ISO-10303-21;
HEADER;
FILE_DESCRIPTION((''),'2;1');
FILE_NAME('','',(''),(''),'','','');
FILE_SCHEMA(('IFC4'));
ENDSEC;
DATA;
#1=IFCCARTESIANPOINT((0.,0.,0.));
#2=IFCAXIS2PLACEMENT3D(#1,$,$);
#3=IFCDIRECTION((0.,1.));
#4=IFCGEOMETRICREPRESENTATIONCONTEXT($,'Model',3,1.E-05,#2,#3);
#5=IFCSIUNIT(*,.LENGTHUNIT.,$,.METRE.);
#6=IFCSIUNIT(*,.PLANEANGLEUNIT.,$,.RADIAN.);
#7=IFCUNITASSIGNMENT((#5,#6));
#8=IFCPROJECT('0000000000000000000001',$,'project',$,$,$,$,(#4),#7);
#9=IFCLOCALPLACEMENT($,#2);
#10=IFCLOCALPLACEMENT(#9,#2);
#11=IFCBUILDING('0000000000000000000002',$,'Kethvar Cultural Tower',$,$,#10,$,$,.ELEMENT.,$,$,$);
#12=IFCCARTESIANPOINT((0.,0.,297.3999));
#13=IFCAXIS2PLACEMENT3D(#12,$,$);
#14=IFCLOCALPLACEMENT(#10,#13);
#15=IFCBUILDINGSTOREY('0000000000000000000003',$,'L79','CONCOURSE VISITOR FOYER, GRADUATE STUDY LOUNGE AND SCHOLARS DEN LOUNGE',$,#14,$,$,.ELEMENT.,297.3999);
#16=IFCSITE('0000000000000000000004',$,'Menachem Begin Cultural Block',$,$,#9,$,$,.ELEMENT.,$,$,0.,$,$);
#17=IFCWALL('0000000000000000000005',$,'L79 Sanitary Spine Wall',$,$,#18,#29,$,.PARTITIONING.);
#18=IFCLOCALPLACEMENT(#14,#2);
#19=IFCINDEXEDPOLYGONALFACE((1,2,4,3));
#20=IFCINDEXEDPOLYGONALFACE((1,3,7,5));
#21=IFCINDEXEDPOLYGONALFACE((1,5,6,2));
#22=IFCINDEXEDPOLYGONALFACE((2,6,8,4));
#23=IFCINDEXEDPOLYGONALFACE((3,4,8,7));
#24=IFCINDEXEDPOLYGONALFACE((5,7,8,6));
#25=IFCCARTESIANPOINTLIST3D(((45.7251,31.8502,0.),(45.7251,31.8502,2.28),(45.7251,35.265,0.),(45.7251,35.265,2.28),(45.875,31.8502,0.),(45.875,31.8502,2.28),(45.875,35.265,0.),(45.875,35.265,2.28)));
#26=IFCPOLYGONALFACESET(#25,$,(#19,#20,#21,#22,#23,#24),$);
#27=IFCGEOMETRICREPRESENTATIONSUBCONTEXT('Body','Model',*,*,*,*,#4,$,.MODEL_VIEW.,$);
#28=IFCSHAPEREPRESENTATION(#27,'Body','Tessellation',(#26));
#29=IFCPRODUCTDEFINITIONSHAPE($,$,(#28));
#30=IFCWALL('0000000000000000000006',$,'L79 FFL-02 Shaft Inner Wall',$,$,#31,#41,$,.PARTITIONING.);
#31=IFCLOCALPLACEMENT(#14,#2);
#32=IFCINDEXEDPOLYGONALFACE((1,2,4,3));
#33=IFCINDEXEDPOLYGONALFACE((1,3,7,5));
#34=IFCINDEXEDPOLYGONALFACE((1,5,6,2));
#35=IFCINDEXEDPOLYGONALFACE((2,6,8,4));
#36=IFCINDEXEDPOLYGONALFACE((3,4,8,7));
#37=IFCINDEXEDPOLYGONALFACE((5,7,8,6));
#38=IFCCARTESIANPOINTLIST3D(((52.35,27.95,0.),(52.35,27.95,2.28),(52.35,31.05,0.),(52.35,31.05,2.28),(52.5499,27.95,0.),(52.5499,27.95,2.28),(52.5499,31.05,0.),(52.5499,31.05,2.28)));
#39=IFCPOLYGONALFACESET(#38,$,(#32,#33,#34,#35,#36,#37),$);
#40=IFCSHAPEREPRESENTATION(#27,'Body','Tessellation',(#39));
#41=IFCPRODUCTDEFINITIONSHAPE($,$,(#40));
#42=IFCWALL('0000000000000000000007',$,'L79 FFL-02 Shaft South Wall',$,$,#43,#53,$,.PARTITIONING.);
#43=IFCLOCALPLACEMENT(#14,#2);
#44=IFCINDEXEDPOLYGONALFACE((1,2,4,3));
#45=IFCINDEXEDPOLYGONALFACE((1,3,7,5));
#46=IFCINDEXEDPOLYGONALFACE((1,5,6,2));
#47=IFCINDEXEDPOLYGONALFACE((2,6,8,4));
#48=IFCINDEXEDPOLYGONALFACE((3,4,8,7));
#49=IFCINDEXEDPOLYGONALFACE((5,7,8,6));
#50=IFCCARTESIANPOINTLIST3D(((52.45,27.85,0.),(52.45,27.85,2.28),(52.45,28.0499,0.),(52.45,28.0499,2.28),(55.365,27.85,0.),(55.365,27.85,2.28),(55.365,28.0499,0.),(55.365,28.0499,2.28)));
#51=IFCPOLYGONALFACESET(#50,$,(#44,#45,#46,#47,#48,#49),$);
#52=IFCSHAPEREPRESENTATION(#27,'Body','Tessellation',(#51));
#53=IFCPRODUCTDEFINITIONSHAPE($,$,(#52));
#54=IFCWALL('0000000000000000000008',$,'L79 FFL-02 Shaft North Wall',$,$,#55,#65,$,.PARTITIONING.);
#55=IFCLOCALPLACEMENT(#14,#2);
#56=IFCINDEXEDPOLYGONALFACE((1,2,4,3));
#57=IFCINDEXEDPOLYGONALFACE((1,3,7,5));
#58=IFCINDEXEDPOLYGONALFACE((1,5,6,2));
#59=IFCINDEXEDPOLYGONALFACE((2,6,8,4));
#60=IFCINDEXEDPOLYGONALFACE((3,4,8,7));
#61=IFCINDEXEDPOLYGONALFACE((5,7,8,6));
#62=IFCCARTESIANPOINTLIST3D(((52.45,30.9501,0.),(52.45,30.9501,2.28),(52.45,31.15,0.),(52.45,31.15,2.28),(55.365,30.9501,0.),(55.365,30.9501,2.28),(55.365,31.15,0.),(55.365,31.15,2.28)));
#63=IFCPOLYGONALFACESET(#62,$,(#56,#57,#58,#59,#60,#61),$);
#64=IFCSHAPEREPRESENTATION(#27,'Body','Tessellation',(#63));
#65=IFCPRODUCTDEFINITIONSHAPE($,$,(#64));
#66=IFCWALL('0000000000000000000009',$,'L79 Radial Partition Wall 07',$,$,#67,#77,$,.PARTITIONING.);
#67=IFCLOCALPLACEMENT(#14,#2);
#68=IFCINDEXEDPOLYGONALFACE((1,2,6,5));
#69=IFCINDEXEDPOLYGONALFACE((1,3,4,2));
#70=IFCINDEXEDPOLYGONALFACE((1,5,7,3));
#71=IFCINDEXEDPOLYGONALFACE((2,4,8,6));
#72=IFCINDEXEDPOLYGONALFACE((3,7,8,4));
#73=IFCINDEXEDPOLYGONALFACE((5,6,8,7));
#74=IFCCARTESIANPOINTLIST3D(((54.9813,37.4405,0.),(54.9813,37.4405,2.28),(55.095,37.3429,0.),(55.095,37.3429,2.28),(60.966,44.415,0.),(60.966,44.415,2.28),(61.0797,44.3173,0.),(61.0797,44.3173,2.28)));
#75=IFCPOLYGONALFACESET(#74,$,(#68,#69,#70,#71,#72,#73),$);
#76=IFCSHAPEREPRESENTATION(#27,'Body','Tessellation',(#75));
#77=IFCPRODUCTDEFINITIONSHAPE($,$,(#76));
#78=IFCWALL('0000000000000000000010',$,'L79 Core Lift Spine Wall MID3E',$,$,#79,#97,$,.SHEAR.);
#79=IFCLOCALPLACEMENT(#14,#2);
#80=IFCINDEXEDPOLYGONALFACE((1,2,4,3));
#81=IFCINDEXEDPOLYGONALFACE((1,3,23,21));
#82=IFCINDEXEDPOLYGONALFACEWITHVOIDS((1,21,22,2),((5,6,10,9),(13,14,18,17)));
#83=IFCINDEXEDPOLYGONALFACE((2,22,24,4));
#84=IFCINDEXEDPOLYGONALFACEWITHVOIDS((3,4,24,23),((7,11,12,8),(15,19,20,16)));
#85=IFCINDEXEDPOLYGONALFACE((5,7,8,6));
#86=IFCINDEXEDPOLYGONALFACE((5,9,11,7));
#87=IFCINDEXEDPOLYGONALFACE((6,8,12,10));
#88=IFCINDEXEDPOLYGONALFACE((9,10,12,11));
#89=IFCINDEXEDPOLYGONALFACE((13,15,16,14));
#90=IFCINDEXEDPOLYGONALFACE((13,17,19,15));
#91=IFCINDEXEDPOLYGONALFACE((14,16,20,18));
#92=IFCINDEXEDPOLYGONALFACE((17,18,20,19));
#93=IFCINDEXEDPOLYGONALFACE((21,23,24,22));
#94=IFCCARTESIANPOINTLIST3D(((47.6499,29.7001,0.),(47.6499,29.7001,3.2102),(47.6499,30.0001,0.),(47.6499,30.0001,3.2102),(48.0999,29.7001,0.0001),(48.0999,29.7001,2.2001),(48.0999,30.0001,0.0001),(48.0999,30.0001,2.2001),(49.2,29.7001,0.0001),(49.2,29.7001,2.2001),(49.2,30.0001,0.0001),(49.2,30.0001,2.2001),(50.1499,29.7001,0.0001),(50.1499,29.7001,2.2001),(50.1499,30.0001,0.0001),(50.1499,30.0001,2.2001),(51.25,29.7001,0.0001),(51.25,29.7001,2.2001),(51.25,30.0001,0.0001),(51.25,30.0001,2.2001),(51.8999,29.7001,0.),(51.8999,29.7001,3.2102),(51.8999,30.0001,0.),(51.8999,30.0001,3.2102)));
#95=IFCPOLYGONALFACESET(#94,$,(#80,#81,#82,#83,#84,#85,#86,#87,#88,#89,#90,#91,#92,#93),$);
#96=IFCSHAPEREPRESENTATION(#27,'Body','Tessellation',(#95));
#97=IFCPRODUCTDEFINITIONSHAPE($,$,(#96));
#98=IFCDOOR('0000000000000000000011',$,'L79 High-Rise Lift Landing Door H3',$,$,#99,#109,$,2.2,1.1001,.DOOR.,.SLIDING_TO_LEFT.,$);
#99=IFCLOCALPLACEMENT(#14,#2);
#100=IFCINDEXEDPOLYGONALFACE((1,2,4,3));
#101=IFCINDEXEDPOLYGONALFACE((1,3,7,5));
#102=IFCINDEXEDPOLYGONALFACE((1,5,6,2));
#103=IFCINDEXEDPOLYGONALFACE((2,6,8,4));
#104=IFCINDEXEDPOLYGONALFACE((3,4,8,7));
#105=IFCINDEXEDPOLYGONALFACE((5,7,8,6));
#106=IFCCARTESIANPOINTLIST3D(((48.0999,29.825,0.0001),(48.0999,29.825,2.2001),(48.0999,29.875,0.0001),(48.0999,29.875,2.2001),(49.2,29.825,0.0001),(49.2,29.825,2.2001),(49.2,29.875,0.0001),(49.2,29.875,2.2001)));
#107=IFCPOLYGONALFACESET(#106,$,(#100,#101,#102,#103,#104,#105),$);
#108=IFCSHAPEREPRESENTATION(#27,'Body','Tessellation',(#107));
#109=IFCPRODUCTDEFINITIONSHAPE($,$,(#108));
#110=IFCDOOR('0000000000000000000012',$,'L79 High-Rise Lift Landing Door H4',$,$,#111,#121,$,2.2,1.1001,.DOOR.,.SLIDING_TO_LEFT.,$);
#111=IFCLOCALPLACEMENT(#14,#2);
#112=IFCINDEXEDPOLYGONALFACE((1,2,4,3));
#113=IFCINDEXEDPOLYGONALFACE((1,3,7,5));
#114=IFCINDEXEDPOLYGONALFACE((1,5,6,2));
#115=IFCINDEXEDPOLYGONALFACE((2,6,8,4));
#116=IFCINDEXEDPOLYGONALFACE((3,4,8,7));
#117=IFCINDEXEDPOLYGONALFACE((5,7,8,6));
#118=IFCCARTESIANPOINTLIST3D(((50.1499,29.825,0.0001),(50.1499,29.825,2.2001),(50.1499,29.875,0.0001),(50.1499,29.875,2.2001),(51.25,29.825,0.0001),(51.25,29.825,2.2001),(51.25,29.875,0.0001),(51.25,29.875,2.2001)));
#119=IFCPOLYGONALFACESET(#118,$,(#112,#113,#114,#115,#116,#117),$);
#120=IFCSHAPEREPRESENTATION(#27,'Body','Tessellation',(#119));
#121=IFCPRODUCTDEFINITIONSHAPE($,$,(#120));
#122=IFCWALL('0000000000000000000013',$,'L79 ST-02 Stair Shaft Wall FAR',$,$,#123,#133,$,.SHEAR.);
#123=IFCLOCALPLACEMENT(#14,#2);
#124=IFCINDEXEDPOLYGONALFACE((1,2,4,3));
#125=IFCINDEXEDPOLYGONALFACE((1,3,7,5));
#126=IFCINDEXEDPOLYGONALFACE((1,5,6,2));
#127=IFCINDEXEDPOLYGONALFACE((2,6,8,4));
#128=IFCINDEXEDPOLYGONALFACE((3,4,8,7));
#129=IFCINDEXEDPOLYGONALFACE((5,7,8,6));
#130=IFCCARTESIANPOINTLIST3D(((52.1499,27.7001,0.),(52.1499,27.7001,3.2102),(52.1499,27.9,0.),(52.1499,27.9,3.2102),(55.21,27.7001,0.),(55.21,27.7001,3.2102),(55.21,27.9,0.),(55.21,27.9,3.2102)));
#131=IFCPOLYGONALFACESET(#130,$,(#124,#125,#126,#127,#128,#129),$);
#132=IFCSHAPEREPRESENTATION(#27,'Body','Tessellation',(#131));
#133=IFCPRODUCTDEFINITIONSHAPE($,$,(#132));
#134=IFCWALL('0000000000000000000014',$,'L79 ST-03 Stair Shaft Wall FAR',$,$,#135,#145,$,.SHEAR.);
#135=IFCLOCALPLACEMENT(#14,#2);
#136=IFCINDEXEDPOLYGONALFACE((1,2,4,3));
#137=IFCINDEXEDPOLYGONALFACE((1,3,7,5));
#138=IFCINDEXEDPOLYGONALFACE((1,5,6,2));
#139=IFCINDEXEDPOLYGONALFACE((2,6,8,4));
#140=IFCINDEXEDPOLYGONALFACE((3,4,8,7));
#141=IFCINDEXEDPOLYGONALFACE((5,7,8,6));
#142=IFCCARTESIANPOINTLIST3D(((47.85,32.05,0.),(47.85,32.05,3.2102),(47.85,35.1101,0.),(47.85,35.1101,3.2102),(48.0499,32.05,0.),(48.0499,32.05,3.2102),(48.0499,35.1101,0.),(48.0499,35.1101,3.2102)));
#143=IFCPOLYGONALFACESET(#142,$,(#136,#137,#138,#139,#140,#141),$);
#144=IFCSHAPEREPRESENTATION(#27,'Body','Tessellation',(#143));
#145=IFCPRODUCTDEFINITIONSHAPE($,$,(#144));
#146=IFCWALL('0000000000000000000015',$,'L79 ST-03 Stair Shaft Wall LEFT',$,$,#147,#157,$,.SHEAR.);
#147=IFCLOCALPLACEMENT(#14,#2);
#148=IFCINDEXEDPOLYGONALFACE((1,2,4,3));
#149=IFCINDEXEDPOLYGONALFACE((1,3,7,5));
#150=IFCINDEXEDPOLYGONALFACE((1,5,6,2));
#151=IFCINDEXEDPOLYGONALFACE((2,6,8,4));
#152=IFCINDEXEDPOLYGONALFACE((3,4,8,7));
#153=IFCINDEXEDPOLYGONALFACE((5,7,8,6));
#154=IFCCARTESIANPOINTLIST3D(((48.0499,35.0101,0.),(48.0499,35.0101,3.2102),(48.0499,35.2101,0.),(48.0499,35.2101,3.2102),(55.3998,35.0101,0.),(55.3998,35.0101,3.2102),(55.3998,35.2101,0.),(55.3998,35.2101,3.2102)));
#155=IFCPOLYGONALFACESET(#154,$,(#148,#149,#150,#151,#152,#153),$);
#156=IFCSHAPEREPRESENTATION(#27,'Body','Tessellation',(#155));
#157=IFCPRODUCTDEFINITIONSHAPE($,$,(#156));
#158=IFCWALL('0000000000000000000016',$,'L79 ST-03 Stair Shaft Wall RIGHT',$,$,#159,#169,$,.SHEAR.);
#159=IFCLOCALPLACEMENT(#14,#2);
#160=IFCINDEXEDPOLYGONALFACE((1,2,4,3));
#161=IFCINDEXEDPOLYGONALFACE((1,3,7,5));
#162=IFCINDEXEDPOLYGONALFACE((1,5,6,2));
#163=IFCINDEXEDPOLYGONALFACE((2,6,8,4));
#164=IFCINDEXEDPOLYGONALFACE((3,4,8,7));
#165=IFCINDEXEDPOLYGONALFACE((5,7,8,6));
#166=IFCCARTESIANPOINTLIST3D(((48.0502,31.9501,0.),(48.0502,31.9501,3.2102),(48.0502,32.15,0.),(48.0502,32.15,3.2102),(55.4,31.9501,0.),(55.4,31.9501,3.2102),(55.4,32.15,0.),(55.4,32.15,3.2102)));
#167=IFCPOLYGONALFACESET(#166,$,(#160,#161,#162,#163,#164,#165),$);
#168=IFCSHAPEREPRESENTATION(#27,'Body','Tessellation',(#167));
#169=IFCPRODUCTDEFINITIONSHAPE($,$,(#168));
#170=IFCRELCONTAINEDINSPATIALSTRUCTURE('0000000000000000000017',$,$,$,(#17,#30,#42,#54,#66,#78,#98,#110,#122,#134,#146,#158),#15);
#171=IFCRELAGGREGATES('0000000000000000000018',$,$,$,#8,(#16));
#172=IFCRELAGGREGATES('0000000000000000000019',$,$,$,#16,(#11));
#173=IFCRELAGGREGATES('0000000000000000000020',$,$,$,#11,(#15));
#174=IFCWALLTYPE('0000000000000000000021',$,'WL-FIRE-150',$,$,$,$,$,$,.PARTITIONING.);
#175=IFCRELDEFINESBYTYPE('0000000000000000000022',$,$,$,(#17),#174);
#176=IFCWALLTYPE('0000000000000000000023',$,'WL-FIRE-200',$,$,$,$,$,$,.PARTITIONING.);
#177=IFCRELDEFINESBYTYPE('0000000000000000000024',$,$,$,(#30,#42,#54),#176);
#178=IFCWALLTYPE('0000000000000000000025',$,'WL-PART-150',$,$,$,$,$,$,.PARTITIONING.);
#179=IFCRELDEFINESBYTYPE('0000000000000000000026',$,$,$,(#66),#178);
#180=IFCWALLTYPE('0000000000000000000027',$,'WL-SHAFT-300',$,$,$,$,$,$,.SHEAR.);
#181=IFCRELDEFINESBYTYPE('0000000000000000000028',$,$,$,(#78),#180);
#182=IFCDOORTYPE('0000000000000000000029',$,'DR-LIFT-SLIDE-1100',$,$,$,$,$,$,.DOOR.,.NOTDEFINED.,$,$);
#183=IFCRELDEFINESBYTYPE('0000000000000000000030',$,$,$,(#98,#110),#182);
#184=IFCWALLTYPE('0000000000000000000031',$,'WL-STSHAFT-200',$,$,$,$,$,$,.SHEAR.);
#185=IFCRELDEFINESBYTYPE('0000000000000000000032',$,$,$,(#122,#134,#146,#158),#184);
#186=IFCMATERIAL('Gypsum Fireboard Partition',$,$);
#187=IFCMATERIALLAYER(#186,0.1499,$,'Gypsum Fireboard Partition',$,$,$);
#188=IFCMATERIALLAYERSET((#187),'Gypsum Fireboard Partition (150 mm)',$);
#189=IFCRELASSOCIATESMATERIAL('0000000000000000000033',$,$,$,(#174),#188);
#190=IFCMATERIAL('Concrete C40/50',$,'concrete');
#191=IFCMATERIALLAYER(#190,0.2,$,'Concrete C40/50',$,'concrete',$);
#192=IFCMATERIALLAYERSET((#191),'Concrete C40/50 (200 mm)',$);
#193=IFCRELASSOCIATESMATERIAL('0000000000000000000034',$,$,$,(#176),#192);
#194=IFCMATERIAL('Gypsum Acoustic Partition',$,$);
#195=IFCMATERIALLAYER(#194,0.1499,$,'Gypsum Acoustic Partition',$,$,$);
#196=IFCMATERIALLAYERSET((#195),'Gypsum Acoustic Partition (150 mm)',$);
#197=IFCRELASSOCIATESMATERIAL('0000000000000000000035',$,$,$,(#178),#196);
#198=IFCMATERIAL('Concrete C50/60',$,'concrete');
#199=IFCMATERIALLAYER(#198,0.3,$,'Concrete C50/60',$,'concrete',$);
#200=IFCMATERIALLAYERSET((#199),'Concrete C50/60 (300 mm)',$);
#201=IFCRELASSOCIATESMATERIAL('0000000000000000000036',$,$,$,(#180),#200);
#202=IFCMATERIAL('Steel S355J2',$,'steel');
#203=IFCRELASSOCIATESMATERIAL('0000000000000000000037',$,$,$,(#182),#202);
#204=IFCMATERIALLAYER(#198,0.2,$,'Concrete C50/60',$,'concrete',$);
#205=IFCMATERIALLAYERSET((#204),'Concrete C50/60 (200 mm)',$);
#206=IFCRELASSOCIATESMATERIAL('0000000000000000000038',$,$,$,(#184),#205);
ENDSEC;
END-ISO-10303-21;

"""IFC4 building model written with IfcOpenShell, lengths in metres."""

from ifc_helpers import new_model, si_unit, direction, frame, frame_2d, origin, place, context, subcontext, project, spatial, rectangle, extrude, source, transform, mapped, material, layer, layer_set, type_object, element, fill, save


model = new_model("IFC4")

# Units and contexts
model_context = context("Model", 3, precision=1e-05, world=origin(), true_north=direction((0.0, 1.0)))
body_context = subcontext(model_context, "Body", "Model", "MODEL_VIEW")
ifc_project = project(units=[si_unit("LENGTHUNIT", "METRE"), si_unit("PLANEANGLEUNIT", "RADIAN")], contexts=[model_context])

# Site, building, storey
site_placement = place(None, origin())
site = spatial("IfcSite", under=ifc_project, at=site_placement, Name="Menachem Begin Cultural Block", CompositionType="ELEMENT", RefElevation=0.0)
building_placement = place(site_placement, origin())
building = spatial("IfcBuilding", under=site, at=building_placement, Name="Kethvar Cultural Tower", CompositionType="ELEMENT")
storey_placement = place(building_placement, frame((0.0, 0.0, 297.3999)))
storey = spatial("IfcBuildingStorey", under=building, at=storey_placement, Name="L79", Description="CONCOURSE VISITOR FOYER, GRADUATE STUDY LOUNGE AND SCHOLARS DEN LOUNGE", CompositionType="ELEMENT", Elevation=297.3999)

# Shared definitions
ifc_material_1 = material(Name="Steel S355J2", Category="steel")

# Walls
ifc_material_2 = material(Name="Gypsum Fireboard Partition")
ifc_layer_1 = layer(ifc_material_2, 0.1499, Name="Gypsum Fireboard Partition")
ifc_layer_set_1 = layer_set([ifc_layer_1], Name="Gypsum Fireboard Partition (150 mm)")
wall_type_1 = type_object("IfcWallType", Name="WL-FIRE-150", PredefinedType="PARTITIONING", material=ifc_layer_set_1)
wall_1_placement = place(storey_placement, frame((45.8, 31.8501, 0.0), z_axis=(0.0, 0.0, 1.0), x_axis=(0.0, 1.0, 0.0)))
element("IfcWall", 1, at=wall_1_placement, inside=storey, type_object=wall_type_1, Name="L79 Sanitary Spine Wall", PredefinedType="PARTITIONING", context=body_context, shape_type="SweptSolid", body=[
    extrude(rectangle(XDim=3.4148, YDim=0.1499, at=frame_2d((1.7075, 0.0))), origin(), (0.0, 0.0, 1.0), 2.28),
])
ifc_material_3 = material(Name="Concrete C40/50", Category="concrete")
ifc_layer_2 = layer(ifc_material_3, 0.2, Name="Concrete C40/50", Category="concrete")
ifc_layer_set_2 = layer_set([ifc_layer_2], Name="Concrete C40/50 (200 mm)")
wall_type_2 = type_object("IfcWallType", Name="WL-FIRE-200", PredefinedType="PARTITIONING", material=ifc_layer_set_2)
wall_2_placement = place(storey_placement, frame((52.45, 27.95, 0.0), z_axis=(0.0, 0.0, 1.0), x_axis=(0.0, 1.0, 0.0)))
element("IfcWall", 2, at=wall_2_placement, inside=storey, type_object=wall_type_2, Name="L79 FFL-02 Shaft Inner Wall", PredefinedType="PARTITIONING", context=body_context, shape_type="SweptSolid", body=[
    extrude(rectangle(XDim=3.1001, YDim=0.2, at=frame_2d((1.55, 0.0))), origin(), (0.0, 0.0, 1.0), 2.28),
])
for number, where, z_axis, x_axis, name in (
    (3, (52.45, 27.95, 0.0), (0.0, 0.0, 1.0), (1.0, 0.0, 0.0), "L79 FFL-02 Shaft South Wall"),
    (4, (52.45, 31.05, 0.0), (0.0, 0.0, 1.0), (1.0, 0.0, 0.0), "L79 FFL-02 Shaft North Wall"),
):
    element("IfcWall", number, at=place(storey_placement, frame(where, z_axis=z_axis, x_axis=x_axis)), inside=storey, type_object=wall_type_2, Name=name, PredefinedType="PARTITIONING", context=body_context, shape_type="SweptSolid", body=[
        extrude(rectangle(XDim=2.915, YDim=0.2, at=frame_2d((1.4575, 0.0))), origin(), (0.0, 0.0, 1.0), 2.28),
    ])
ifc_material_4 = material(Name="Gypsum Acoustic Partition")
ifc_layer_3 = layer(ifc_material_4, 0.1499, Name="Gypsum Acoustic Partition")
ifc_layer_set_3 = layer_set([ifc_layer_3], Name="Gypsum Acoustic Partition (150 mm)")
wall_type_3 = type_object("IfcWallType", Name="WL-PART-150", PredefinedType="PARTITIONING", material=ifc_layer_set_3)
wall_3_placement = place(storey_placement, frame((55.0381, 37.3916, 0.0), z_axis=(0.0, 0.0, 1.0), x_axis=(0.651205, 0.758902, 0.0)))
element("IfcWall", 5, at=wall_3_placement, inside=storey, type_object=wall_type_3, Name="L79 Radial Partition Wall 07", PredefinedType="PARTITIONING", context=body_context, shape_type="SweptSolid", body=[
    extrude(rectangle(XDim=9.1902, YDim=0.1499, at=frame_2d((4.5952, 0.0))), origin(), (0.0, 0.0, 1.0), 2.28),
])

# Wall, openings, doors
ifc_material_5 = material(Name="Concrete C50/60", Category="concrete")
ifc_layer_4 = layer(ifc_material_5, 0.3, Name="Concrete C50/60", Category="concrete")
ifc_layer_set_4 = layer_set([ifc_layer_4], Name="Concrete C50/60 (300 mm)")
wall_type_4 = type_object("IfcWallType", Name="WL-SHAFT-300", PredefinedType="SHEAR", material=ifc_layer_set_4)
wall_4_placement = place(storey_placement, frame((47.6499, 29.8501, 0.0), z_axis=(0.0, 0.0, 1.0), x_axis=(1.0, 0.0, 0.0)))
wall_4 = element("IfcWall", 6, at=wall_4_placement, inside=storey, type_object=wall_type_4, Name="L79 Core Lift Spine Wall MID3E", PredefinedType="SHEAR", context=body_context, shape_type="SweptSolid", body=[
    extrude(rectangle(XDim=4.25, YDim=0.3, at=frame_2d((2.125, 0.0))), origin(), (0.0, 0.0, 1.0), 3.2102),
])
opening_1_placement = place(wall_4_placement, frame((0.45, 0.0, 0.0)))
opening_1 = element("IfcOpeningElement", 7, at=opening_1_placement, cuts=wall_4, PredefinedType="OPENING", context=body_context, shape_type="SweptSolid", body=[
    extrude(rectangle(XDim=1.1001, YDim=2.2, at=frame_2d((0.55, 1.1001))), frame((0.0, 0.1599, 0.0), z_axis=(0.0, -1.0, 0.0), x_axis=(1.0, 0.0, 0.0)), (0.0, 0.0, 1.0), 0.3201),
])
opening_2_placement = place(wall_4_placement, frame((2.5, 0.0, 0.0)))
opening_2 = element("IfcOpeningElement", 8, at=opening_2_placement, cuts=wall_4, PredefinedType="OPENING", context=body_context, shape_type="SweptSolid", body=[
    extrude(rectangle(XDim=1.1001, YDim=2.2, at=frame_2d((0.55, 1.1001))), frame((0.0, 0.1599, 0.0), z_axis=(0.0, -1.0, 0.0), x_axis=(1.0, 0.0, 0.0)), (0.0, 0.0, 1.0), 0.3201),
])
door_type = type_object("IfcDoorType", Name="DR-LIFT-SLIDE-1100", OperationType="NOTDEFINED", PredefinedType="DOOR", material=ifc_material_1)
shared_shape_1 = source(origin(), body_context, "Body", "SweptSolid", [
    extrude(rectangle(XDim=1.1001, YDim=2.2, at=frame_2d((0.55, 1.1001))), frame((0.0, 0.0249, 0.0), z_axis=(0.0, -1.0, 0.0), x_axis=(1.0, 0.0, 0.0)), (0.0, 0.0, 1.0), 0.05),
])
door_1_placement = place(opening_1_placement, origin())
door_1 = element("IfcDoor", 9, at=door_1_placement, inside=storey, type_object=door_type, Name="L79 High-Rise Lift Landing Door H3", OperationType="SLIDING_TO_LEFT", OverallHeight=2.2, OverallWidth=1.1001, PredefinedType="DOOR", context=body_context, shape_type="MappedRepresentation", body=[
    mapped(shared_shape_1, transform((0.0, 0.0, 0.0), scale=1.0)),
])
fill(opening_1, door_1)
door_2_placement = place(opening_2_placement, origin())
door_2 = element("IfcDoor", 10, at=door_2_placement, inside=storey, type_object=door_type, Name="L79 High-Rise Lift Landing Door H4", OperationType="SLIDING_TO_LEFT", OverallHeight=2.2, OverallWidth=1.1001, PredefinedType="DOOR", context=body_context, shape_type="MappedRepresentation", body=[
    mapped(shared_shape_1, transform((0.0, 0.0, 0.0), scale=1.0)),
])
fill(opening_2, door_2)

# Walls
ifc_layer_5 = layer(ifc_material_5, 0.2, Name="Concrete C50/60", Category="concrete")
ifc_layer_set_5 = layer_set([ifc_layer_5], Name="Concrete C50/60 (200 mm)")
wall_type_5 = type_object("IfcWallType", Name="WL-STSHAFT-200", PredefinedType="SHEAR", material=ifc_layer_set_5)
for number, where, z_axis, x_axis, name in (
    (11, (52.1499, 27.8, 0.0), (0.0, 0.0, 1.0), (1.0, 0.0, 0.0), "L79 ST-02 Stair Shaft Wall FAR"),
    (12, (47.95, 32.05, 0.0), (0.0, 0.0, 1.0), (0.0, 1.0, 0.0), "L79 ST-03 Stair Shaft Wall FAR"),
):
    element("IfcWall", number, at=place(storey_placement, frame(where, z_axis=z_axis, x_axis=x_axis)), inside=storey, type_object=wall_type_5, Name=name, PredefinedType="SHEAR", context=body_context, shape_type="SweptSolid", body=[
        extrude(rectangle(XDim=3.0601, YDim=0.2, at=frame_2d((1.53, 0.0))), origin(), (0.0, 0.0, 1.0), 3.2102),
    ])
for number, where, z_axis, x_axis, name in (
    (13, (48.05, 35.1101, 0.0), (0.0, 0.0, 1.0), (1.0, 0.0, 0.0), "L79 ST-03 Stair Shaft Wall LEFT"),
    (14, (55.3999, 32.05, 0.0), (0.0, 0.0, 1.0), (-1.0, 0.0, 0.0), "L79 ST-03 Stair Shaft Wall RIGHT"),
):
    element("IfcWall", number, at=place(storey_placement, frame(where, z_axis=z_axis, x_axis=x_axis)), inside=storey, type_object=wall_type_5, Name=name, PredefinedType="SHEAR", context=body_context, shape_type="SweptSolid", body=[
        extrude(rectangle(XDim=7.3499, YDim=0.2, at=frame_2d((3.6748, 0.0))), origin(), (0.0, 0.0, 1.0), 3.2102),
    ])

save(model, "model.ifc")
